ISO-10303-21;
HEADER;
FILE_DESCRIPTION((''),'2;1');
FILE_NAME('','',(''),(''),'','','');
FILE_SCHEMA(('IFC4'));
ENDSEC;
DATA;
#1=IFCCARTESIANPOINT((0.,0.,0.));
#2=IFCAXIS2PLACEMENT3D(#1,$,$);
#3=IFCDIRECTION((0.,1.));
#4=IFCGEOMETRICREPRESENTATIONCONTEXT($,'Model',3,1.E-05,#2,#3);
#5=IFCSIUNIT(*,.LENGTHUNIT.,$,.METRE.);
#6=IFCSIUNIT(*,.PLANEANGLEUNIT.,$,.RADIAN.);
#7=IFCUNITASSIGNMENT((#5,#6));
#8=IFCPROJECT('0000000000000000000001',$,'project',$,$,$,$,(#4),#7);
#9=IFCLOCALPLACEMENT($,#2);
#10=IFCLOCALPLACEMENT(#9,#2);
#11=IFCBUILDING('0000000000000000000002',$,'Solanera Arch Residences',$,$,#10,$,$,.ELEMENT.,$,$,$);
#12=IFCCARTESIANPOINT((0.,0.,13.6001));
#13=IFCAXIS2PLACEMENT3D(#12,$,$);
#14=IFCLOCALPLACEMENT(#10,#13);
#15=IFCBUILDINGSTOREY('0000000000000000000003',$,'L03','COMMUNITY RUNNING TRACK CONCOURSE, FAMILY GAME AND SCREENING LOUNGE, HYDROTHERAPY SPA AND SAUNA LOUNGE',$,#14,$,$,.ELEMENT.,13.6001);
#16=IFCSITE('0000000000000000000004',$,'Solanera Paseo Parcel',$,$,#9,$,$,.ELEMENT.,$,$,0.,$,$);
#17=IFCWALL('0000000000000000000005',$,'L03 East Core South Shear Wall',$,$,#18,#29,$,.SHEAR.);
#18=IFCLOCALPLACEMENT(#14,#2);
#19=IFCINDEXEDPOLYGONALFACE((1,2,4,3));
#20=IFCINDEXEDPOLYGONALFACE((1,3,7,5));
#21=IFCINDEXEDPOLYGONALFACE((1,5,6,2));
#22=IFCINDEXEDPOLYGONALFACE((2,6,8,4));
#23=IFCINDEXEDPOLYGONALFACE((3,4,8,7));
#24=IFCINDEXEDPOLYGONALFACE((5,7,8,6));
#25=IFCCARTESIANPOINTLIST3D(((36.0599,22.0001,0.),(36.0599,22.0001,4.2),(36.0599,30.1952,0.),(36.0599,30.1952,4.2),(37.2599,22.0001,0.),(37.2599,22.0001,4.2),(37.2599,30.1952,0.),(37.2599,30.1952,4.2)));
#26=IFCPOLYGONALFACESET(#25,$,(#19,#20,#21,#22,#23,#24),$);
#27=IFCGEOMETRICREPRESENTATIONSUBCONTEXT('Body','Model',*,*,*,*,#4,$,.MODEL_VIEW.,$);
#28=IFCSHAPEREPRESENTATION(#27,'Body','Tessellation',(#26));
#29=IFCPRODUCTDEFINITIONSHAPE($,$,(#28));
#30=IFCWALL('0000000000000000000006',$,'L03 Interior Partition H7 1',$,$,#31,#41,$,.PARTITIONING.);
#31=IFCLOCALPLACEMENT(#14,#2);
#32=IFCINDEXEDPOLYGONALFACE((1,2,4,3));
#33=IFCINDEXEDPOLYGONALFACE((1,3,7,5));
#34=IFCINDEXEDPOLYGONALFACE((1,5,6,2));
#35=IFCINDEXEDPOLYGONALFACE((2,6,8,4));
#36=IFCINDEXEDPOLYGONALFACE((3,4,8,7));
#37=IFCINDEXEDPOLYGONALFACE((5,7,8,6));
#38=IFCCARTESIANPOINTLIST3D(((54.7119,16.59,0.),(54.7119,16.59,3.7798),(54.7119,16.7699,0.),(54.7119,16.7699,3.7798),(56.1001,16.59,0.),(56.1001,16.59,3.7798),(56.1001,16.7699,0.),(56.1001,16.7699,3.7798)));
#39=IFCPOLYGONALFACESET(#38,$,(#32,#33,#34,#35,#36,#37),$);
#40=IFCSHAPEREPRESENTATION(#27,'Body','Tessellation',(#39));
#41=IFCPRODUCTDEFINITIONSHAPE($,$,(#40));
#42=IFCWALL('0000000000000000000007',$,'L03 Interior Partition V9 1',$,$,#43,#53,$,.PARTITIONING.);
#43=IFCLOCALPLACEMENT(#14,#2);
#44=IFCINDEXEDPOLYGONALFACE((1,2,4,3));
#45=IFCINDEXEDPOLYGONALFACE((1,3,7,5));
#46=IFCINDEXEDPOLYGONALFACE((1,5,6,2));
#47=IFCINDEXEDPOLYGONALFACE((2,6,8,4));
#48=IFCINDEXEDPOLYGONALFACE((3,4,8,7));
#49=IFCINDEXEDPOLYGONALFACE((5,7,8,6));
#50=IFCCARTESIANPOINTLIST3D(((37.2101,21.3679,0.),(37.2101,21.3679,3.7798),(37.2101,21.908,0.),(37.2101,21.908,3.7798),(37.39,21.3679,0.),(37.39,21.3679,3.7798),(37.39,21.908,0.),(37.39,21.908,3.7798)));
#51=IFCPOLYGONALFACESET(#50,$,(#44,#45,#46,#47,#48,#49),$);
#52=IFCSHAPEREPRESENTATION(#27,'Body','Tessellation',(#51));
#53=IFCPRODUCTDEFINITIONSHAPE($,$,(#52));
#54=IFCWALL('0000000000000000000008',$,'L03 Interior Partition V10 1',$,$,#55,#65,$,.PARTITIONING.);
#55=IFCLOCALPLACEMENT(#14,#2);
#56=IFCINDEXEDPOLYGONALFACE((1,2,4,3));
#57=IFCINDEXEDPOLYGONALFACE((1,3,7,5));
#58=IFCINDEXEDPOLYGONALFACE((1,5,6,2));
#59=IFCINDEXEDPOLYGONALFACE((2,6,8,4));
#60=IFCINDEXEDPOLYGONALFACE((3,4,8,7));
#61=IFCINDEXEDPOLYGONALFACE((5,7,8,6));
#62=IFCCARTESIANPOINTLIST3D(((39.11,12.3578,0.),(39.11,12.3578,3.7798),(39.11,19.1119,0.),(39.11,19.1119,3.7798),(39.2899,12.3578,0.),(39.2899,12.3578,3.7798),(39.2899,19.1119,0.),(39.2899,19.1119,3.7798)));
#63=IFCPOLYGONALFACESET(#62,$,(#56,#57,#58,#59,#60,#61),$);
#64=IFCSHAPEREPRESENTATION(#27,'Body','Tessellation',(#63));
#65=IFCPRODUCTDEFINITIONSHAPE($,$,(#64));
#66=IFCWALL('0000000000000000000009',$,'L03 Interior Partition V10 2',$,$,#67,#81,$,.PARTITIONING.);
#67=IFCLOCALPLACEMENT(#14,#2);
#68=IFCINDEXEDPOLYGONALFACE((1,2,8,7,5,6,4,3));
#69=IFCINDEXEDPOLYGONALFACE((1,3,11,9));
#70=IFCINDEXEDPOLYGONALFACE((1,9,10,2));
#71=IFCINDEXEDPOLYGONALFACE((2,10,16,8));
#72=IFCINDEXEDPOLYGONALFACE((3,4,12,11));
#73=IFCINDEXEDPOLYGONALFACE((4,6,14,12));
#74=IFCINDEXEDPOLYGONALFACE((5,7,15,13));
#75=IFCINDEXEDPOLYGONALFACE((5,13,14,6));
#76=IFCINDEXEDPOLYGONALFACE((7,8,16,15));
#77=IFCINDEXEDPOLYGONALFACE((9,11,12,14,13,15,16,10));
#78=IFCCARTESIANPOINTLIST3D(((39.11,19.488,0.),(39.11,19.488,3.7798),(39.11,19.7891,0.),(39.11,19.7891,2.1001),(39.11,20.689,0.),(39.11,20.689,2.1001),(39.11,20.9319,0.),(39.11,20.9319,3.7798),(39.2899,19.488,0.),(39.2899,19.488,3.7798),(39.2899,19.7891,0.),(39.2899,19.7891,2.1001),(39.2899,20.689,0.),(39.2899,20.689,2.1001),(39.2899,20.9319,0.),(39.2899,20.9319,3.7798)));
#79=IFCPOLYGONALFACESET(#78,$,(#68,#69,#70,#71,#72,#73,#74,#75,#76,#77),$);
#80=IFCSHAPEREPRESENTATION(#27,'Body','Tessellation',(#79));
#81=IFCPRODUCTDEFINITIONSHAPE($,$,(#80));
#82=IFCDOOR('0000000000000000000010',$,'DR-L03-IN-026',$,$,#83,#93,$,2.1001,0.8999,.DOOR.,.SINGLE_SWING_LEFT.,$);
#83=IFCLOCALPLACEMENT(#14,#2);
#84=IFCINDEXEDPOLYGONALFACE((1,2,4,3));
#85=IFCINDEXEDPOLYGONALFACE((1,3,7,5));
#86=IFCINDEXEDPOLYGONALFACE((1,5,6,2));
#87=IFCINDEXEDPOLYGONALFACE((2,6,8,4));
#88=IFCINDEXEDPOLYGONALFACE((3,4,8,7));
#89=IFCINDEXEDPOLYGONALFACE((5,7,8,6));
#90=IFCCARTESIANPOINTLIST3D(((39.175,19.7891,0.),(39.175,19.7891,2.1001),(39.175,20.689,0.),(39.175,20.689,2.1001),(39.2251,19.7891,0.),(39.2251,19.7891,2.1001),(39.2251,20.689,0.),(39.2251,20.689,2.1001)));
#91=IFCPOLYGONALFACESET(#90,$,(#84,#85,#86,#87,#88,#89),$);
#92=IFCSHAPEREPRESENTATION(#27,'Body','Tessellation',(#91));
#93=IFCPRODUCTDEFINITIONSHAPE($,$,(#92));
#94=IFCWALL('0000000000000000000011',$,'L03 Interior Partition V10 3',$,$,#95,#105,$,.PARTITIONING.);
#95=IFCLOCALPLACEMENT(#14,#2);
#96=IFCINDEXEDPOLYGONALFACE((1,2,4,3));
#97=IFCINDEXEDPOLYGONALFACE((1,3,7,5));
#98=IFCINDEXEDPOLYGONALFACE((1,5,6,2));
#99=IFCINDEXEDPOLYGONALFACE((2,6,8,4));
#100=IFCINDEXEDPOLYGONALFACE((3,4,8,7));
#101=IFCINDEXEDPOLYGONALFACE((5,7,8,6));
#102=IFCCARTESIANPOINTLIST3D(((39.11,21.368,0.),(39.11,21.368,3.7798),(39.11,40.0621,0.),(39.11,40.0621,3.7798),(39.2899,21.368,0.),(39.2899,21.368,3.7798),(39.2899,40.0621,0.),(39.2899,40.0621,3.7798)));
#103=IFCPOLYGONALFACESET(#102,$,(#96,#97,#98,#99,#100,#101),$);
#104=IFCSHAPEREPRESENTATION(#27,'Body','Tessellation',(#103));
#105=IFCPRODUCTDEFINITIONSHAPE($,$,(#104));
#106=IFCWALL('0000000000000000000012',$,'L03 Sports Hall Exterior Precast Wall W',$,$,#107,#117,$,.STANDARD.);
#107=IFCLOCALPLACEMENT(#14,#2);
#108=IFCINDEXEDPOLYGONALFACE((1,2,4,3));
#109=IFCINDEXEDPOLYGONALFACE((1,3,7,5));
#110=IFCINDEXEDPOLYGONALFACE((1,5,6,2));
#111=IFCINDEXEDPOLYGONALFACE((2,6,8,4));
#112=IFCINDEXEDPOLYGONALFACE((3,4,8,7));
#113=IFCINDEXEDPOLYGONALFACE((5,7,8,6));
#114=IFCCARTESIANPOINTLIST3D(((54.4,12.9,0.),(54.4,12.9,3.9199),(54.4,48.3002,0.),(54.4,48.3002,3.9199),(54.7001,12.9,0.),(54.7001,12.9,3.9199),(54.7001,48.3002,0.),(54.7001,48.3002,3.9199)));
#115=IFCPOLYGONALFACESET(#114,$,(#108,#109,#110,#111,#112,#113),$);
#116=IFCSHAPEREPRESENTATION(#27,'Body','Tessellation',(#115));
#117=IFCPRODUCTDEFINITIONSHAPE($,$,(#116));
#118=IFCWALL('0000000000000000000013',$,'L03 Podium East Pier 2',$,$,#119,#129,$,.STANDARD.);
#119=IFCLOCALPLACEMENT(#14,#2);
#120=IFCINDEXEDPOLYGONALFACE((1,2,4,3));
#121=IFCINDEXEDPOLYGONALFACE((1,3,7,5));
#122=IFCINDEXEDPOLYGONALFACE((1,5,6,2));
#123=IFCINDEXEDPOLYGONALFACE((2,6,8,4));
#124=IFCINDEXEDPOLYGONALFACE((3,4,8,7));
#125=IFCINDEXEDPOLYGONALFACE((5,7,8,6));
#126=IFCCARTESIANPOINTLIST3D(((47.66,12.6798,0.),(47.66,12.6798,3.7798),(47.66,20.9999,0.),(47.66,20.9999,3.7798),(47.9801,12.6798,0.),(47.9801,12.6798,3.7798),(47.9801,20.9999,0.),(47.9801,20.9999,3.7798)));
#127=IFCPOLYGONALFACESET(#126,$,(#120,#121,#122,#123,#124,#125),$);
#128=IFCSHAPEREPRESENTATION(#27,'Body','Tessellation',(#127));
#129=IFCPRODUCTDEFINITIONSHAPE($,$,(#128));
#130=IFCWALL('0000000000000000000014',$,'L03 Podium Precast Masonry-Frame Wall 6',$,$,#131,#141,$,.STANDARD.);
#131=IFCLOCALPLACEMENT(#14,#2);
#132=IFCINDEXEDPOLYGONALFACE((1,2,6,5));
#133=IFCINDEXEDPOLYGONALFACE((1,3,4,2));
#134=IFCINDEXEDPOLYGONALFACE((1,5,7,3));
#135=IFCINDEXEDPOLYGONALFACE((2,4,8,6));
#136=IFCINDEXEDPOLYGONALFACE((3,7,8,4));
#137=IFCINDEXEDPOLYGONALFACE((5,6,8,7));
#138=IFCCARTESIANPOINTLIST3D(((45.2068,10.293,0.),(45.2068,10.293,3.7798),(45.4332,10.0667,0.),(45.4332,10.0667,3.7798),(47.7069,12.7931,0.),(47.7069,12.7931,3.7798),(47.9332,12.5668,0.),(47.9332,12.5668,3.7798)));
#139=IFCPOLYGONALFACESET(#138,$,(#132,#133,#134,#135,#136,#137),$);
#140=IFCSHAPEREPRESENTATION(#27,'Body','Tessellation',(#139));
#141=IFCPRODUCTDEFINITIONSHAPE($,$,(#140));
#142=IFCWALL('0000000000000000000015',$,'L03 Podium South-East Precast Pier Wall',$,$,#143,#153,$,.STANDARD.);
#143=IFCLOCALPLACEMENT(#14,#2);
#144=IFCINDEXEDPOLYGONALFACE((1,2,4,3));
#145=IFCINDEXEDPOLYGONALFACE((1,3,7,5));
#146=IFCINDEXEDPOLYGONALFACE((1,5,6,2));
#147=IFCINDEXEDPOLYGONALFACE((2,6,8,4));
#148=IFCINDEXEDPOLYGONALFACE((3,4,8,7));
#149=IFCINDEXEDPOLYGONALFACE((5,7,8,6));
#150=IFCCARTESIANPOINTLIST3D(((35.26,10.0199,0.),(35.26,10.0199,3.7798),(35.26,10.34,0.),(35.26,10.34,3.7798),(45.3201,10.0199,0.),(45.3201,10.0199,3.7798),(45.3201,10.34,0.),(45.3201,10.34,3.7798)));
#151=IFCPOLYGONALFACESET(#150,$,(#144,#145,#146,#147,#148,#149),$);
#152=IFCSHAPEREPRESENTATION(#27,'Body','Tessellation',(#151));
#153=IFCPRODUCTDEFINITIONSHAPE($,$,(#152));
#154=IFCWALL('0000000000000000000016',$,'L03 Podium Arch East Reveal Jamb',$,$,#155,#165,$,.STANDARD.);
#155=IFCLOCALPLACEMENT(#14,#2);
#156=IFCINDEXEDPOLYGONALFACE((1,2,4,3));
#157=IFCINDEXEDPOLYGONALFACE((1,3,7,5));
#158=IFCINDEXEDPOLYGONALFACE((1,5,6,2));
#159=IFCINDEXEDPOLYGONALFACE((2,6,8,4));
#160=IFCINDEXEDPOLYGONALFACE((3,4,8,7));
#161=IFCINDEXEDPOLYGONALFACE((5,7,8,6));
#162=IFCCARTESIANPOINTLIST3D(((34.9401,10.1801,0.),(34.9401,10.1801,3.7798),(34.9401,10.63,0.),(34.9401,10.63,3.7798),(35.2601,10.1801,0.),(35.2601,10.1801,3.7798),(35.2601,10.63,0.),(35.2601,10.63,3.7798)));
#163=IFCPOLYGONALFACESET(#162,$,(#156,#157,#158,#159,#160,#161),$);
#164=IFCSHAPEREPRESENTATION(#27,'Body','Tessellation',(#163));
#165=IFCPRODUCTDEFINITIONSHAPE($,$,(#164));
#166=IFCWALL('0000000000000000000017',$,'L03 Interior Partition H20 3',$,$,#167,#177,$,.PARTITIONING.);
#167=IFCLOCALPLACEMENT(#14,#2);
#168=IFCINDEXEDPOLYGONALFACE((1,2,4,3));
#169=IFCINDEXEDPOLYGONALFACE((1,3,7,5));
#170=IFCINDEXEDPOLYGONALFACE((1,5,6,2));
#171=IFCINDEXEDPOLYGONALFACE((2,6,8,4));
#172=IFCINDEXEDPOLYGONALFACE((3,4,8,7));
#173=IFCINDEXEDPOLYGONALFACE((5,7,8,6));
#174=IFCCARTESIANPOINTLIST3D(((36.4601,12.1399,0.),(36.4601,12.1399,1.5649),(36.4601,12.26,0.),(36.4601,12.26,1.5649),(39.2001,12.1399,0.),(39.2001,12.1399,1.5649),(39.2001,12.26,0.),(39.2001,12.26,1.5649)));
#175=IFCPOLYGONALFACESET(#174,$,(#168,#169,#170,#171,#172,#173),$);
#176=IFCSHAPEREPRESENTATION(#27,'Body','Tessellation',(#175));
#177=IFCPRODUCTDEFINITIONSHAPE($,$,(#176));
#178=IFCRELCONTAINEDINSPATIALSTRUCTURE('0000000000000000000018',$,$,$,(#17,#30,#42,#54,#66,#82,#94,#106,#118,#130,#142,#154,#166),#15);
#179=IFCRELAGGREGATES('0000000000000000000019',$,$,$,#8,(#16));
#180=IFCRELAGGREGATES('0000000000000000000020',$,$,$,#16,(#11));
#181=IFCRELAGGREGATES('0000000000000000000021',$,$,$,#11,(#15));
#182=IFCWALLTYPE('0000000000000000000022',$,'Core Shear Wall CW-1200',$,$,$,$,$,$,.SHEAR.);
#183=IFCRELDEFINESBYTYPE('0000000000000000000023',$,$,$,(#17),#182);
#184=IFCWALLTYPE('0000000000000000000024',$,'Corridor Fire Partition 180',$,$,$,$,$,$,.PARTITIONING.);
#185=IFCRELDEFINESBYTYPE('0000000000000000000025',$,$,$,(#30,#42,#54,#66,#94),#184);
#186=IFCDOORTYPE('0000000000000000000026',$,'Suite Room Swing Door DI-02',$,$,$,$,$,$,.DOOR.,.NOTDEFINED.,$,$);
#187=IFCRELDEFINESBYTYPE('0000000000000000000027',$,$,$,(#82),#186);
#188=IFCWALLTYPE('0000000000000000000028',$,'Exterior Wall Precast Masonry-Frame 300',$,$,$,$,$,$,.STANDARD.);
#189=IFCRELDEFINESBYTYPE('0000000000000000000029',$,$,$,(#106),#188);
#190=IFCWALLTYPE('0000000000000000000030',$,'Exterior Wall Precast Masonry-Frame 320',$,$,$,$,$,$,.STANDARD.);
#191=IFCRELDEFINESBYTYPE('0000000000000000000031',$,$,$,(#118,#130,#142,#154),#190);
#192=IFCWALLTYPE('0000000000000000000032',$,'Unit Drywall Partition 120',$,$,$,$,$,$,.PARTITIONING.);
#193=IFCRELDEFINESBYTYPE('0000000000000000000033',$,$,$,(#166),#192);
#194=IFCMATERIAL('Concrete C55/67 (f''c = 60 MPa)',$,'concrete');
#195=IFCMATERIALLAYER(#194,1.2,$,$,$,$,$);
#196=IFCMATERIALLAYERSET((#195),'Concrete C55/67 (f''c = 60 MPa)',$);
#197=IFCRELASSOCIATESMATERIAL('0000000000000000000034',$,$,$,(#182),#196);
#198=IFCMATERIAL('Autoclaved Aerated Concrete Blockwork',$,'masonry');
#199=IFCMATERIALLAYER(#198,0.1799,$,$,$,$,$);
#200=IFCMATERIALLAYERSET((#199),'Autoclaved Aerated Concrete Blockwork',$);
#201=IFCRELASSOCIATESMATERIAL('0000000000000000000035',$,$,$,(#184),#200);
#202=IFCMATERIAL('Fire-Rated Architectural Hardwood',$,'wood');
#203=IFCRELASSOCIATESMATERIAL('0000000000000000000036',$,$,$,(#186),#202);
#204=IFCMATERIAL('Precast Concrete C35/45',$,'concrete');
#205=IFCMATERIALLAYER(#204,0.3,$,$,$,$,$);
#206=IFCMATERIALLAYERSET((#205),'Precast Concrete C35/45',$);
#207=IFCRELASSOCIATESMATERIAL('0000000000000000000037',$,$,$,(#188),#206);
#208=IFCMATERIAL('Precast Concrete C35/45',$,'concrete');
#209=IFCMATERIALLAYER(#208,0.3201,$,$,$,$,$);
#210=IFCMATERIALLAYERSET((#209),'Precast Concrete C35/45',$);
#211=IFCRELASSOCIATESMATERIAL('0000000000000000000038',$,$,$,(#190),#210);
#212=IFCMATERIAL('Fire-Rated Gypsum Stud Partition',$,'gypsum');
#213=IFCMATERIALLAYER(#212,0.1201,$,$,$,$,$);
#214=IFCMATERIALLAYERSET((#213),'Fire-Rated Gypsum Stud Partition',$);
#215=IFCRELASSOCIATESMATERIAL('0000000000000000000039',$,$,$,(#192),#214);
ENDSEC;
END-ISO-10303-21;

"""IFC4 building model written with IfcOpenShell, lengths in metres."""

from ifc_helpers import new_model, si_unit, direction, frame, frame_2d, origin, place, context, subcontext, project, spatial, rectangle, extrude, material, layer, layer_set, type_object, element, fill, save


model = new_model("IFC4")

# Units and contexts
model_context = context("Model", 3, precision=1e-05, world=origin(), true_north=direction((0.0, 1.0)))
body_context = subcontext(model_context, "Body", "Model", "MODEL_VIEW")
ifc_project = project(units=[si_unit("LENGTHUNIT", "METRE"), si_unit("PLANEANGLEUNIT", "RADIAN")], contexts=[model_context])

# Site, building, storey
site_placement = place(None, origin())
site = spatial("IfcSite", under=ifc_project, at=site_placement, Name="Solanera Paseo Parcel", CompositionType="ELEMENT", RefElevation=0.0)
building_placement = place(site_placement, origin())
building = spatial("IfcBuilding", under=site, at=building_placement, Name="Solanera Arch Residences", CompositionType="ELEMENT")
storey_placement = place(building_placement, frame((0.0, 0.0, 13.6001)))
storey = spatial("IfcBuildingStorey", under=building, at=storey_placement, Name="L03", Description="COMMUNITY RUNNING TRACK CONCOURSE, FAMILY GAME AND SCREENING LOUNGE, HYDROTHERAPY SPA AND SAUNA LOUNGE", CompositionType="ELEMENT", Elevation=13.6001)

# Walls
ifc_material_1 = material(Name="Concrete C55/67 (f'c = 60 MPa)", Category="concrete")
ifc_layer_1 = layer(ifc_material_1, 1.2)
ifc_layer_set_1 = layer_set([ifc_layer_1], Name="Concrete C55/67 (f'c = 60 MPa)")
wall_type_1 = type_object("IfcWallType", Name="Core Shear Wall CW-1200", PredefinedType="SHEAR", material=ifc_layer_set_1)
wall_1_placement = place(storey_placement, frame((36.6599, 22.0, 0.0), z_axis=(0.0, 0.0, 1.0), x_axis=(0.0, 1.0, 0.0)))
element("IfcWall", 1, at=wall_1_placement, inside=storey, type_object=wall_type_1, Name="L03 East Core South Shear Wall", PredefinedType="SHEAR", context=body_context, shape_type="SweptSolid", body=[
    extrude(rectangle(XDim=8.1951, YDim=1.2, at=frame_2d((4.0977, 0.0))), origin(), (0.0, 0.0, 1.0), 4.2),
])
ifc_material_2 = material(Name="Autoclaved Aerated Concrete Blockwork", Category="masonry")
ifc_layer_2 = layer(ifc_material_2, 0.1799)
ifc_layer_set_2 = layer_set([ifc_layer_2], Name="Autoclaved Aerated Concrete Blockwork")
wall_type_2 = type_object("IfcWallType", Name="Corridor Fire Partition 180", PredefinedType="PARTITIONING", material=ifc_layer_set_2)
wall_2_placement = place(storey_placement, frame((54.7119, 16.6799, 0.0), z_axis=(0.0, 0.0, 1.0), x_axis=(1.0, 0.0, 0.0)))
element("IfcWall", 2, at=wall_2_placement, inside=storey, type_object=wall_type_2, Name="L03 Interior Partition H7 1", PredefinedType="PARTITIONING", context=body_context, shape_type="SweptSolid", body=[
    extrude(rectangle(XDim=1.3882, YDim=0.1799, at=frame_2d((0.6941, 0.0))), origin(), (0.0, 0.0, 1.0), 3.7798),
])
wall_3_placement = place(storey_placement, frame((37.3, 21.3679, 0.0), z_axis=(0.0, 0.0, 1.0), x_axis=(0.0, 1.0, 0.0)))
element("IfcWall", 3, at=wall_3_placement, inside=storey, type_object=wall_type_2, Name="L03 Interior Partition V9 1", PredefinedType="PARTITIONING", context=body_context, shape_type="SweptSolid", body=[
    extrude(rectangle(XDim=0.54, YDim=0.1799, at=frame_2d((0.27, 0.0))), origin(), (0.0, 0.0, 1.0), 3.7798),
])
wall_4_placement = place(storey_placement, frame((39.2, 12.3579, 0.0), z_axis=(0.0, 0.0, 1.0), x_axis=(0.0, 1.0, 0.0)))
element("IfcWall", 4, at=wall_4_placement, inside=storey, type_object=wall_type_2, Name="L03 Interior Partition V10 1", PredefinedType="PARTITIONING", context=body_context, shape_type="SweptSolid", body=[
    extrude(rectangle(XDim=6.7542, YDim=0.1799, at=frame_2d((3.377, 0.0))), origin(), (0.0, 0.0, 1.0), 3.7798),
])

# Wall, opening, door
wall_5_placement = place(storey_placement, frame((39.2, 19.488, 0.0), z_axis=(0.0, 0.0, 1.0), x_axis=(0.0, 1.0, 0.0)))
wall_5 = element("IfcWall", 5, at=wall_5_placement, inside=storey, type_object=wall_type_2, Name="L03 Interior Partition V10 2", PredefinedType="PARTITIONING", context=body_context, shape_type="SweptSolid", body=[
    extrude(rectangle(XDim=1.4438, YDim=0.1799, at=frame_2d((0.7219, 0.0))), origin(), (0.0, 0.0, 1.0), 3.7798),
])
opening_placement = place(wall_5_placement, frame((0.301, 0.0, 0.0)))
opening = element("IfcOpeningElement", 6, at=opening_placement, cuts=wall_5, PredefinedType="OPENING", context=body_context, shape_type="SweptSolid", body=[
    extrude(rectangle(XDim=0.8999, YDim=2.1001, at=frame_2d((0.45, 1.05))), frame((0.0, 0.1001, 0.0), z_axis=(0.0, -1.0, 0.0), x_axis=(1.0, 0.0, 0.0)), (0.0, 0.0, 1.0), 0.1999),
])
ifc_material_3 = material(Name="Fire-Rated Architectural Hardwood", Category="wood")
door_type = type_object("IfcDoorType", Name="Suite Room Swing Door DI-02", OperationType="NOTDEFINED", PredefinedType="DOOR", material=ifc_material_3)
door_placement = place(opening_placement, origin())
door = element("IfcDoor", 7, at=door_placement, inside=storey, type_object=door_type, Name="DR-L03-IN-026", OperationType="SINGLE_SWING_LEFT", OverallHeight=2.1001, OverallWidth=0.8999, PredefinedType="DOOR", context=body_context, shape_type="SweptSolid", body=[
    extrude(rectangle(XDim=0.8999, YDim=2.1001, at=frame_2d((0.45, 1.05))), frame((0.0, 0.0249, 0.0), z_axis=(0.0, -1.0, 0.0), x_axis=(1.0, 0.0, 0.0)), (0.0, 0.0, 1.0), 0.05),
])
fill(opening, door)

# Walls
wall_6_placement = place(storey_placement, frame((39.2, 21.3679, 0.0), z_axis=(0.0, 0.0, 1.0), x_axis=(0.0, 1.0, 0.0)))
element("IfcWall", 8, at=wall_6_placement, inside=storey, type_object=wall_type_2, Name="L03 Interior Partition V10 3", PredefinedType="PARTITIONING", context=body_context, shape_type="SweptSolid", body=[
    extrude(rectangle(XDim=18.6941, YDim=0.1799, at=frame_2d((9.3472, 0.0))), origin(), (0.0, 0.0, 1.0), 3.7798),
])
ifc_material_4 = material(Name="Precast Concrete C35/45", Category="concrete")
ifc_layer_3 = layer(ifc_material_4, 0.3)
ifc_layer_set_3 = layer_set([ifc_layer_3], Name="Precast Concrete C35/45")
wall_type_3 = type_object("IfcWallType", Name="Exterior Wall Precast Masonry-Frame 300", PredefinedType="STANDARD", material=ifc_layer_set_3)
wall_7_placement = place(storey_placement, frame((54.55, 12.8999, 0.0), z_axis=(0.0, 0.0, 1.0), x_axis=(0.0, 1.0, 0.0)))
element("IfcWall", 9, at=wall_7_placement, inside=storey, type_object=wall_type_3, Name="L03 Sports Hall Exterior Precast Wall W", PredefinedType="STANDARD", context=body_context, shape_type="SweptSolid", body=[
    extrude(rectangle(XDim=35.4001, YDim=0.3, at=frame_2d((17.7002, 0.0))), origin(), (0.0, 0.0, 1.0), 3.9199),
])
ifc_material_5 = material(Name="Precast Concrete C35/45", Category="concrete")
ifc_layer_4 = layer(ifc_material_5, 0.3201)
ifc_layer_set_4 = layer_set([ifc_layer_4], Name="Precast Concrete C35/45")
wall_type_4 = type_object("IfcWallType", Name="Exterior Wall Precast Masonry-Frame 320", PredefinedType="STANDARD", material=ifc_layer_set_4)
wall_8_placement = place(storey_placement, frame((47.8201, 21.0, 0.0), z_axis=(0.0, 0.0, 1.0), x_axis=(0.0, -1.0, 0.0)))
element("IfcWall", 10, at=wall_8_placement, inside=storey, type_object=wall_type_4, Name="L03 Podium East Pier 2", PredefinedType="STANDARD", context=body_context, shape_type="SweptSolid", body=[
    extrude(rectangle(XDim=8.3201, YDim=0.3201, at=frame_2d((4.1602, 0.0))), origin(), (0.0, 0.0, 1.0), 3.7798),
])
wall_9_placement = place(storey_placement, frame((47.8201, 12.6799, 0.0), z_axis=(0.0, 0.0, 1.0), x_axis=(-0.707107, -0.707107, 0.0)))
element("IfcWall", 11, at=wall_9_placement, inside=storey, type_object=wall_type_4, Name="L03 Podium Precast Masonry-Frame Wall 6", PredefinedType="STANDARD", context=body_context, shape_type="SweptSolid", body=[
    extrude(rectangle(XDim=3.5356, YDim=0.3201, at=frame_2d((1.7678, 0.0))), origin(), (0.0, 0.0, 1.0), 3.7798),
])
wall_10_placement = place(storey_placement, frame((45.3201, 10.1799, 0.0), z_axis=(0.0, 0.0, 1.0), x_axis=(-1.0, 0.0, 0.0)))
element("IfcWall", 12, at=wall_10_placement, inside=storey, type_object=wall_type_4, Name="L03 Podium South-East Precast Pier Wall", PredefinedType="STANDARD", context=body_context, shape_type="SweptSolid", body=[
    extrude(rectangle(XDim=10.0601, YDim=0.3201, at=frame_2d((5.03, 0.0))), origin(), (0.0, 0.0, 1.0), 3.7798),
])
wall_11_placement = place(storey_placement, frame((35.1001, 10.1799, 0.0), z_axis=(0.0, 0.0, 1.0), x_axis=(0.0, 1.0, 0.0)))
element("IfcWall", 13, at=wall_11_placement, inside=storey, type_object=wall_type_4, Name="L03 Podium Arch East Reveal Jamb", PredefinedType="STANDARD", context=body_context, shape_type="SweptSolid", body=[
    extrude(rectangle(XDim=0.45, YDim=0.3201, at=frame_2d((0.2251, 0.0))), origin(), (0.0, 0.0, 1.0), 3.7798),
])
ifc_material_6 = material(Name="Fire-Rated Gypsum Stud Partition", Category="gypsum")
ifc_layer_5 = layer(ifc_material_6, 0.1201)
ifc_layer_set_5 = layer_set([ifc_layer_5], Name="Fire-Rated Gypsum Stud Partition")
wall_type_5 = type_object("IfcWallType", Name="Unit Drywall Partition 120", PredefinedType="PARTITIONING", material=ifc_layer_set_5)
wall_12_placement = place(storey_placement, frame((36.46, 12.2, 0.0), z_axis=(0.0, 0.0, 1.0), x_axis=(1.0, 0.0, 0.0)))
element("IfcWall", 14, at=wall_12_placement, inside=storey, type_object=wall_type_5, Name="L03 Interior Partition H20 3", PredefinedType="PARTITIONING", context=body_context, shape_type="SweptSolid", body=[
    extrude(rectangle(XDim=2.74, YDim=0.1201, at=frame_2d((1.3701, 0.0))), origin(), (0.0, 0.0, 1.0), 1.5649),
])

save(model, "model.ifc")
